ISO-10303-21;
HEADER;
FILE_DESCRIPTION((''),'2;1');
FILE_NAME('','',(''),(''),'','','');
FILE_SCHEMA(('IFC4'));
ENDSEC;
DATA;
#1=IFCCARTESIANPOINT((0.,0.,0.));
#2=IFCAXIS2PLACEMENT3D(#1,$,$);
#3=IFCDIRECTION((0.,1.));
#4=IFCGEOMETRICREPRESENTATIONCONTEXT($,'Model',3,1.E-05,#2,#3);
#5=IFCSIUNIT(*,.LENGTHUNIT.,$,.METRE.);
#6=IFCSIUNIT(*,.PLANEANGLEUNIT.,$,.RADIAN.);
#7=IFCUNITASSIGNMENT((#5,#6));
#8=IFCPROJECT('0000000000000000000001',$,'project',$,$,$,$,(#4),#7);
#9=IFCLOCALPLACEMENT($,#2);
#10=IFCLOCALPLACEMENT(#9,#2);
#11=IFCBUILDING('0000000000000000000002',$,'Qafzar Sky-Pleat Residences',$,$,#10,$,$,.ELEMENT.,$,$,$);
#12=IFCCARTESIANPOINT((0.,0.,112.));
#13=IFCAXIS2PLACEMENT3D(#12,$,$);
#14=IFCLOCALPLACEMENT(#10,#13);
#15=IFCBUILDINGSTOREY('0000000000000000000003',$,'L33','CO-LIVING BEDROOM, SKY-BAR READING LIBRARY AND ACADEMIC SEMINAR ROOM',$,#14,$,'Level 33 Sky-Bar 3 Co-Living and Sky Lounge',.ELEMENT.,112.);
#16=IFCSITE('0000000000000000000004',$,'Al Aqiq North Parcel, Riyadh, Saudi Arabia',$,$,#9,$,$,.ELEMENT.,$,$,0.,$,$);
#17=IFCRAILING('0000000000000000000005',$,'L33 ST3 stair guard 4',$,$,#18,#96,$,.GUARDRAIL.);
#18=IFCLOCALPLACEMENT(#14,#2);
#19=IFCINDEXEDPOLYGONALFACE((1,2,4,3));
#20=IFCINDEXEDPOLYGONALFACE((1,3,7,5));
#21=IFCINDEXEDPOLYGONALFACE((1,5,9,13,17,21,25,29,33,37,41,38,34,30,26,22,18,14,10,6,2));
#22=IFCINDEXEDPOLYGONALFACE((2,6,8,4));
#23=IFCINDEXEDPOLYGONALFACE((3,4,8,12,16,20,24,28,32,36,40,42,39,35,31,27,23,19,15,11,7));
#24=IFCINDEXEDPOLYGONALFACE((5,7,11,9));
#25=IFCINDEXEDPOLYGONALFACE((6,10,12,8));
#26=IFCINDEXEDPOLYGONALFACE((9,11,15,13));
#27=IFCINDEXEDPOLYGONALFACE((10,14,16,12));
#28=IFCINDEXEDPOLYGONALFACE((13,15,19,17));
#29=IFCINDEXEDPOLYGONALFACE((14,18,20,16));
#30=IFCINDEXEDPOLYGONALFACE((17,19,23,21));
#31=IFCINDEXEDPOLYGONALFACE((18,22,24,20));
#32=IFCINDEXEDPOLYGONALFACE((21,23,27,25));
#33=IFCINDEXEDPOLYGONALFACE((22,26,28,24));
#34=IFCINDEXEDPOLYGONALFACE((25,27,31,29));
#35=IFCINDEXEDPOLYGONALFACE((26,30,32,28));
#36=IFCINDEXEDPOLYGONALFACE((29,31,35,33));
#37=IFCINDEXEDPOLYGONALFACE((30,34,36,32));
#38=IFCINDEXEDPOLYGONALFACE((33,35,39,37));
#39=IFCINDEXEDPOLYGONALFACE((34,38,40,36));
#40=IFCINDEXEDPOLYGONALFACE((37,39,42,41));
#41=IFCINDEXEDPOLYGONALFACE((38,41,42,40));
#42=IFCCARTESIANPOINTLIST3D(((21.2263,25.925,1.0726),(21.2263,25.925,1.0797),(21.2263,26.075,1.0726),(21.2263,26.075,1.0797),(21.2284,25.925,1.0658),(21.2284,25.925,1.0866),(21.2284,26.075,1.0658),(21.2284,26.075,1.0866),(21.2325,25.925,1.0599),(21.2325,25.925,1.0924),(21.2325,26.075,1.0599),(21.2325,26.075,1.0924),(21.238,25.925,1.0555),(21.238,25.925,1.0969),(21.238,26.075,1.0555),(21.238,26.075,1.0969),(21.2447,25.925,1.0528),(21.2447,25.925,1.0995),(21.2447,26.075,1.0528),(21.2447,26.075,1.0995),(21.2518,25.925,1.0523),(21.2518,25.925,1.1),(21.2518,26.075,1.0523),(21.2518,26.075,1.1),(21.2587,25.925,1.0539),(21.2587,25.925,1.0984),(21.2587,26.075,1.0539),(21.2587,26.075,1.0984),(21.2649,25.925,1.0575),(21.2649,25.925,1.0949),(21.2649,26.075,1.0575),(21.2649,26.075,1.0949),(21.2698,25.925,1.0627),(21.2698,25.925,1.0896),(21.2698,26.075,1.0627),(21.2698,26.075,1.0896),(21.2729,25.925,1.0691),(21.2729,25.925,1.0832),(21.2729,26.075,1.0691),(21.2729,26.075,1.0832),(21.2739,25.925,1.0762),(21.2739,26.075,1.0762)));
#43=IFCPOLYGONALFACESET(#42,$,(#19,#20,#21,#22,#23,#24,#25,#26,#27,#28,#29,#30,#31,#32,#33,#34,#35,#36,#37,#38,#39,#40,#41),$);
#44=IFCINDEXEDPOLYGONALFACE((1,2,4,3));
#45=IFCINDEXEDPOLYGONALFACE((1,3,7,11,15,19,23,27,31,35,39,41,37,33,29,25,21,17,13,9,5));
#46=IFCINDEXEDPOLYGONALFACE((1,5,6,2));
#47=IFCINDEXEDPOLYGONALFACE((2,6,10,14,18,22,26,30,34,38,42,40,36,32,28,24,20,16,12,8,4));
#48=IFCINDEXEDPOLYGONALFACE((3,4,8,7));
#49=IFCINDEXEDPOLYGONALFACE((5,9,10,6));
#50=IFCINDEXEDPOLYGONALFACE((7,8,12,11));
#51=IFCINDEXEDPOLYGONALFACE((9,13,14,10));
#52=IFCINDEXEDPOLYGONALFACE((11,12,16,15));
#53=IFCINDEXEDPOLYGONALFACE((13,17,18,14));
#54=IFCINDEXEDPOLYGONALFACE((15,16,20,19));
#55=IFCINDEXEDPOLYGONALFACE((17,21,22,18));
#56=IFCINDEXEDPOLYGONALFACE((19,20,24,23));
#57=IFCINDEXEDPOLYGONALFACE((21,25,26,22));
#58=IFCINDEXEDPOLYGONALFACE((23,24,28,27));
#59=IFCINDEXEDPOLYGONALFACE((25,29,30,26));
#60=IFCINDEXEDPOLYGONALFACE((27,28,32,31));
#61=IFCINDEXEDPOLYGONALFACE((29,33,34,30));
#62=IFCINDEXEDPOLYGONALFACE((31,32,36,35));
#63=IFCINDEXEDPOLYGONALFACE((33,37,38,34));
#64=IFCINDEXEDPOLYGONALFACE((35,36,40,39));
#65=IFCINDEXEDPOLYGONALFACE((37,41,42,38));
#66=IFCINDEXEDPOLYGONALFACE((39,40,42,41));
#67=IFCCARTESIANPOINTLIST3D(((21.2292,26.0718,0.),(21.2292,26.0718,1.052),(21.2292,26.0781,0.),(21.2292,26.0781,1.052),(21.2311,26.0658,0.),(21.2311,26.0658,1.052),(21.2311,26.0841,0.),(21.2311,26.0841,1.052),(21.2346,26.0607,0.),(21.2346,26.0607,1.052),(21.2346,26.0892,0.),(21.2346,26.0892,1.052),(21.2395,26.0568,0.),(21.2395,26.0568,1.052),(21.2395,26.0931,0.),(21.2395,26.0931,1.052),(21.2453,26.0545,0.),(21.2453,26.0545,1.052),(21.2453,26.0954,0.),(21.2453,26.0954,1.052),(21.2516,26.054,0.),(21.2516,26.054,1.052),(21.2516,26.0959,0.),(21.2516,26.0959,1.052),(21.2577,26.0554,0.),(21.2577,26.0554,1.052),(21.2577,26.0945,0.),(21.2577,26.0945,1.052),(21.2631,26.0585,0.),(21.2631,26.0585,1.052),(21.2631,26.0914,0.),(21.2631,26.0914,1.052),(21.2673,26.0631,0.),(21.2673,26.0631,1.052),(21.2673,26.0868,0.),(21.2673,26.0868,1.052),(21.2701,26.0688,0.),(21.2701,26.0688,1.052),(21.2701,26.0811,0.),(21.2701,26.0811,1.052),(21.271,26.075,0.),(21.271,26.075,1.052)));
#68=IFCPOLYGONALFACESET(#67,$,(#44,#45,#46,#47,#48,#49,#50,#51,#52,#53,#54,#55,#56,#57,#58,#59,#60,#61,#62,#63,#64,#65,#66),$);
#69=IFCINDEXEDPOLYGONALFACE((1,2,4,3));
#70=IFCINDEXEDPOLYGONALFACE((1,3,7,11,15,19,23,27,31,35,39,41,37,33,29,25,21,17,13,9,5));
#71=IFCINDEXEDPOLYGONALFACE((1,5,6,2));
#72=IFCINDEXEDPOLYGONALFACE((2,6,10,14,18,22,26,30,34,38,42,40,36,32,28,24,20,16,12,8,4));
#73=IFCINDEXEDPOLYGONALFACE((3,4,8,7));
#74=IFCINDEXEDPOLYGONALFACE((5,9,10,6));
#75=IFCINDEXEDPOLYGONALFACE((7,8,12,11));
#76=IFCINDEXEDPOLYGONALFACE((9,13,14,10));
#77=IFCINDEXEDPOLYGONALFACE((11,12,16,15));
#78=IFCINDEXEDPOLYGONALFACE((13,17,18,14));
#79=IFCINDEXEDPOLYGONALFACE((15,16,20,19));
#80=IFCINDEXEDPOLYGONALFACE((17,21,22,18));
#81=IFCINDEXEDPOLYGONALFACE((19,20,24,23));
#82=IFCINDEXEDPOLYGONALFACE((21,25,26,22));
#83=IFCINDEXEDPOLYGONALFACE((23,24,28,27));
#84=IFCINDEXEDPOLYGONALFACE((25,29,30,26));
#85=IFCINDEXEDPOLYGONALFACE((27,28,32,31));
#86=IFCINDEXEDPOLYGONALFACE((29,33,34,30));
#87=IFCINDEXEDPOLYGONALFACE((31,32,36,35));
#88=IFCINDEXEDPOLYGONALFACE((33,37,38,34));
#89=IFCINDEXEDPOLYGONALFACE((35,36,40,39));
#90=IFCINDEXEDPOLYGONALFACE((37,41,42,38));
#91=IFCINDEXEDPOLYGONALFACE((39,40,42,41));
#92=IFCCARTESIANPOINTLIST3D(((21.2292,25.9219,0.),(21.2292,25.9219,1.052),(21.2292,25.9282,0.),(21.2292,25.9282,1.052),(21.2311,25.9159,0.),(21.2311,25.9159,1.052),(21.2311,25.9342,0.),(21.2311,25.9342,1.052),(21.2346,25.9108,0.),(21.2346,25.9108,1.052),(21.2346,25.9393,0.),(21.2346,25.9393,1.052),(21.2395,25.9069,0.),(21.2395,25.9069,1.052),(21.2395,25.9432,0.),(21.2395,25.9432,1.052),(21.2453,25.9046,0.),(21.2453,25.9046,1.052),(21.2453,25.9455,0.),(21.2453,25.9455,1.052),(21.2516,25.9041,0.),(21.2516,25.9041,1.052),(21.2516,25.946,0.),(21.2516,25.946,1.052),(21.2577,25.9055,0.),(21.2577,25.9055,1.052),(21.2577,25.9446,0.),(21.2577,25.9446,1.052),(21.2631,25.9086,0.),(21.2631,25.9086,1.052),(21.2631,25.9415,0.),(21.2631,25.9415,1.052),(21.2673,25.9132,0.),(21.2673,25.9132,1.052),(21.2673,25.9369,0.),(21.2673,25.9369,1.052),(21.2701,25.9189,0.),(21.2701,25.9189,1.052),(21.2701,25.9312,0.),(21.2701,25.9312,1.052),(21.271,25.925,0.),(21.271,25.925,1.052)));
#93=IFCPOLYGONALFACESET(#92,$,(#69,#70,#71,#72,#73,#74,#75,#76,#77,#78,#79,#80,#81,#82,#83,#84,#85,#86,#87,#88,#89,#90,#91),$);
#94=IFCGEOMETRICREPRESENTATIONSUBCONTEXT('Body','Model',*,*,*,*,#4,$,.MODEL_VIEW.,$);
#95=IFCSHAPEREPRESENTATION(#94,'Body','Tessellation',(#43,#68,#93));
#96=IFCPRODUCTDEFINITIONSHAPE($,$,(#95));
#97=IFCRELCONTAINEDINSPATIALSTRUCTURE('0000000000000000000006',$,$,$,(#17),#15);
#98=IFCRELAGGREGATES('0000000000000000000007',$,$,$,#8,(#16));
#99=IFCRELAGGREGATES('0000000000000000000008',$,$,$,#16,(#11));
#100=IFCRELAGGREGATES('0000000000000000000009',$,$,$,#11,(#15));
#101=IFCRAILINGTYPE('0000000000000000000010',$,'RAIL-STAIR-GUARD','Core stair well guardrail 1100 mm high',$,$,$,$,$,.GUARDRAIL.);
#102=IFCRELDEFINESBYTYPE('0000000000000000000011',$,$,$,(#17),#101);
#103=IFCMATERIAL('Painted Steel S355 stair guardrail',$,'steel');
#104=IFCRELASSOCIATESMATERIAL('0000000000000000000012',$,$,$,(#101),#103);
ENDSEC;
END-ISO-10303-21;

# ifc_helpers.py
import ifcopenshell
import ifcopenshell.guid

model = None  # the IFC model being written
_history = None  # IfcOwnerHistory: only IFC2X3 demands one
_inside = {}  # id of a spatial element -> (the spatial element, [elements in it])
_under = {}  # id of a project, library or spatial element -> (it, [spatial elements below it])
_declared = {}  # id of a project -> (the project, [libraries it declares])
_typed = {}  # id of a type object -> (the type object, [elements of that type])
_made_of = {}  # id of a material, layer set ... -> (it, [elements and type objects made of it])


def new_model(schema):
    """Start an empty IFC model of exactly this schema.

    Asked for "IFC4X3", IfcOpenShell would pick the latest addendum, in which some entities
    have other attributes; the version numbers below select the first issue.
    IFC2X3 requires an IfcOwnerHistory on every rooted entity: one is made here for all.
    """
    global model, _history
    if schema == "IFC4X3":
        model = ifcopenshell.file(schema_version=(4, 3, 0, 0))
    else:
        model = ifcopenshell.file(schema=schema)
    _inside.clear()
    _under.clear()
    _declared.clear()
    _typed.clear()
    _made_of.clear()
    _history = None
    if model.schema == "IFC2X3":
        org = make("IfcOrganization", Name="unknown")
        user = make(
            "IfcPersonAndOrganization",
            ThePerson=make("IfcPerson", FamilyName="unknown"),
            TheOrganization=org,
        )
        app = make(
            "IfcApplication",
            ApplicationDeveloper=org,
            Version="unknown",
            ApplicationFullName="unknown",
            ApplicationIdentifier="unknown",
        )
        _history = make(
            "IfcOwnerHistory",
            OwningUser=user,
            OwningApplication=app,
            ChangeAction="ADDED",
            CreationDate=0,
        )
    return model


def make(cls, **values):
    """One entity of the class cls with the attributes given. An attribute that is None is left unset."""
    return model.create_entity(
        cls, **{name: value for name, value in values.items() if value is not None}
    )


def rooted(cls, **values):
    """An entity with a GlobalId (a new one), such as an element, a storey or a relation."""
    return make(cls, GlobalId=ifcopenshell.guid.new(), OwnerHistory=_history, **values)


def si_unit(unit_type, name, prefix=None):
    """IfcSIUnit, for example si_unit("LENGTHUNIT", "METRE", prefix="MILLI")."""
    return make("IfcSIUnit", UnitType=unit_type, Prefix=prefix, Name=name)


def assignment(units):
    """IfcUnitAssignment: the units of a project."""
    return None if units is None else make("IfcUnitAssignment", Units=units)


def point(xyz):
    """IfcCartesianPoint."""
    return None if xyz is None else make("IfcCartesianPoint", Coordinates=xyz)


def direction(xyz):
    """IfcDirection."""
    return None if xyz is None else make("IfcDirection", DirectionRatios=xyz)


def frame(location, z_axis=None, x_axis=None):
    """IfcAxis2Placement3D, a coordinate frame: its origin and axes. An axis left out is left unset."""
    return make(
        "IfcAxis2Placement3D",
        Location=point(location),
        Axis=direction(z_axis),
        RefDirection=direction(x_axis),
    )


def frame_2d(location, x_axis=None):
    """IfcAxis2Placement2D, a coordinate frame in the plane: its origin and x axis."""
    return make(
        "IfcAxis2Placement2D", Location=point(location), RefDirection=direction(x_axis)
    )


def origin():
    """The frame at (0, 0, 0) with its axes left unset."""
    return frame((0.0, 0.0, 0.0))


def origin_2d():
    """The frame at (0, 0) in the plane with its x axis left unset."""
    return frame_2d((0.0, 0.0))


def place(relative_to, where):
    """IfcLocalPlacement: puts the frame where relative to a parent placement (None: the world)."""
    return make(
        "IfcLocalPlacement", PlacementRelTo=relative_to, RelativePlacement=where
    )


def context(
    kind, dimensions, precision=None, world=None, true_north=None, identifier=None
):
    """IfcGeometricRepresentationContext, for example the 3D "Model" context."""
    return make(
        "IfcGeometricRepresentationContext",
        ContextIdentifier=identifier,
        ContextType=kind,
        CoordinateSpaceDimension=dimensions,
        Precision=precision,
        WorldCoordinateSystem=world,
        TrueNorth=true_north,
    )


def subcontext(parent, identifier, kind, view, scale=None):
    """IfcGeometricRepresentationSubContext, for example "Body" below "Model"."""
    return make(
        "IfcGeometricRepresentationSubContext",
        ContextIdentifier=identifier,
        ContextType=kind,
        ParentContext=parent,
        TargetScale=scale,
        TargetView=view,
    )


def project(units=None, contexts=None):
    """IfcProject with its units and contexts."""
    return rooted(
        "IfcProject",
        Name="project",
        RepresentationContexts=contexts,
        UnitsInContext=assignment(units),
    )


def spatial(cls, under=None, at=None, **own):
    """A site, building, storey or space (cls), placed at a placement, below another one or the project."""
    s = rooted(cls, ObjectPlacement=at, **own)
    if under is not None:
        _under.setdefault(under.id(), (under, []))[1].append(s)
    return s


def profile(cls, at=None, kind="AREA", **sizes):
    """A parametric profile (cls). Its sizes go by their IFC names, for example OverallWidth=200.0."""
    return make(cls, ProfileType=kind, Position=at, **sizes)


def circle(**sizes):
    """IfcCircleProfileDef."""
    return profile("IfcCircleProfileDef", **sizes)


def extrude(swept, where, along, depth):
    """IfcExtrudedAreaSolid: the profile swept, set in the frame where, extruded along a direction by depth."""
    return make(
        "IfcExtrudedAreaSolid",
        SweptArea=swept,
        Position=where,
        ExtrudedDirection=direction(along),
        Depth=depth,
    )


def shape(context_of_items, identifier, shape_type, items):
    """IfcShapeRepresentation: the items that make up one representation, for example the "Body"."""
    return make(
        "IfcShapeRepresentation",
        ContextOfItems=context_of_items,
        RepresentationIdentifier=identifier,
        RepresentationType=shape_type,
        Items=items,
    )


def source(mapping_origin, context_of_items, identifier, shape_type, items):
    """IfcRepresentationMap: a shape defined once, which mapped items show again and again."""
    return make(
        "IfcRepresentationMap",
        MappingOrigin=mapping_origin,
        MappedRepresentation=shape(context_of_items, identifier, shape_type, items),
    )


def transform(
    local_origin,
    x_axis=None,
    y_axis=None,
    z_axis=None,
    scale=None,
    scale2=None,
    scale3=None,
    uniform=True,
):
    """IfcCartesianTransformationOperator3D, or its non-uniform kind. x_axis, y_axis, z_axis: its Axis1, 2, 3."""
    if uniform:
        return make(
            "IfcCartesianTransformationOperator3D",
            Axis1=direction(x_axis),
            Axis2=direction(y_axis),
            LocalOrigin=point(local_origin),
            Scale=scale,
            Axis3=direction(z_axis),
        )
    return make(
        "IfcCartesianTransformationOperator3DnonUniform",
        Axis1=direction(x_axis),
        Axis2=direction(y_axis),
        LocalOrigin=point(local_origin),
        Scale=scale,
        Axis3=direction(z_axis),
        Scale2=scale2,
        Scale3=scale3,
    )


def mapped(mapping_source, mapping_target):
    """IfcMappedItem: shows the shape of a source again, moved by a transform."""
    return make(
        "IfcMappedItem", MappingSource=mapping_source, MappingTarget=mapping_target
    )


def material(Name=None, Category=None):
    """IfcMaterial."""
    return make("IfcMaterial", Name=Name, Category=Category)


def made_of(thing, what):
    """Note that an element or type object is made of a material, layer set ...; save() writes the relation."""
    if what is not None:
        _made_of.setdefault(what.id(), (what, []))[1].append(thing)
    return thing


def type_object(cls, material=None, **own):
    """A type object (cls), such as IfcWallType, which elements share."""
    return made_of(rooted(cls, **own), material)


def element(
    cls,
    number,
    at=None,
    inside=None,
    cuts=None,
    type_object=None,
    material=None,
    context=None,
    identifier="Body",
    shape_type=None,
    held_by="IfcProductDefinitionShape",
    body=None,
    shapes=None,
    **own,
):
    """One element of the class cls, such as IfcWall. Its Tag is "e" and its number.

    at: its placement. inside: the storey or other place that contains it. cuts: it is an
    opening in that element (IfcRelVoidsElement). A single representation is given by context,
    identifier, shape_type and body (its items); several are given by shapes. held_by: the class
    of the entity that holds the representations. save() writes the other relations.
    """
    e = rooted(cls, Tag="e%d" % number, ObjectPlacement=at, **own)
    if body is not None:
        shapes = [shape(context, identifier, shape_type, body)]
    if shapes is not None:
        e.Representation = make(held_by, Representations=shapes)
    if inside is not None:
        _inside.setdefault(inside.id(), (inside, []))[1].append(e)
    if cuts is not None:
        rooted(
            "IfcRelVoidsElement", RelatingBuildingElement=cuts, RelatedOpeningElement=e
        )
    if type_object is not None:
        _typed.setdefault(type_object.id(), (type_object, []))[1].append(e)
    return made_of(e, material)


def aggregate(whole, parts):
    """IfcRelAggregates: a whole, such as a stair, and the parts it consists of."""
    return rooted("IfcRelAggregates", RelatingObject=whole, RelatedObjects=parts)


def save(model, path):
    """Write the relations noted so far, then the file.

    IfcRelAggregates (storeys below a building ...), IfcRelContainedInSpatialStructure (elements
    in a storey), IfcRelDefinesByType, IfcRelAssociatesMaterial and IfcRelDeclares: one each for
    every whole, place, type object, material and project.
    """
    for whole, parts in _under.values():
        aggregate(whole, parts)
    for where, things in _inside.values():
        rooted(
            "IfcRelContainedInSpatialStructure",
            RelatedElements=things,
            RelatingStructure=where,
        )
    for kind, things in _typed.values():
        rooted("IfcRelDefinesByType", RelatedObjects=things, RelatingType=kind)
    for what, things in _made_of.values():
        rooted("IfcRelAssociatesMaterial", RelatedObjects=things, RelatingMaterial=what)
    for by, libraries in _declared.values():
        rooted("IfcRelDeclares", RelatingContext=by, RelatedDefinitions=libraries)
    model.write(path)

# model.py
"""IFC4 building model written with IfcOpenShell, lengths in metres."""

from ifc_helpers import new_model, si_unit, direction, frame, origin, origin_2d, place, context, subcontext, project, spatial, circle, extrude, source, transform, mapped, material, type_object, element, save


model = new_model("IFC4")

# Units and contexts
model_context = context("Model", 3, precision=1e-05, world=origin(), true_north=direction((0.0, 1.0)))
body_context = subcontext(model_context, "Body", "Model", "MODEL_VIEW")
ifc_project = project(units=[si_unit("LENGTHUNIT", "METRE"), si_unit("PLANEANGLEUNIT", "RADIAN")], contexts=[model_context])

# Site, building, storey
site_placement = place(None, origin())
site = spatial("IfcSite", under=ifc_project, at=site_placement, Name="Al Aqiq North Parcel, Riyadh, Saudi Arabia", CompositionType="ELEMENT", RefElevation=0.0)
building_placement = place(site_placement, origin())
building = spatial("IfcBuilding", under=site, at=building_placement, Name="Qafzar Sky-Pleat Residences", CompositionType="ELEMENT")
storey_placement = place(building_placement, frame((0.0, 0.0, 112.0)))
storey = spatial("IfcBuildingStorey", under=building, at=storey_placement, Name="L33", Description="CO-LIVING BEDROOM, SKY-BAR READING LIBRARY AND ACADEMIC SEMINAR ROOM", LongName="Level 33 Sky-Bar 3 Co-Living and Sky Lounge", CompositionType="ELEMENT", Elevation=112.0)

# Railing
ifc_material_1 = material(Name="Painted Steel S355 stair guardrail", Category="steel")
railing_type_1 = type_object("IfcRailingType", Name="RAIL-STAIR-GUARD", Description="Core stair well guardrail 1100 mm high", PredefinedType="GUARDRAIL", material=ifc_material_1)
shared_shape_1 = source(origin(), body_context, "Body", "SweptSolid", [
    extrude(circle(Radius=0.0239, at=origin_2d()), frame((0.0, 0.0, 1.0762), z_axis=(0.0, -1.0, 0.0), x_axis=(1.0, 0.0, 0.0)), (0.0, 0.0, 1.0), 0.1499),
    extrude(circle(Radius=0.021, at=origin_2d()), origin(), (0.0, 0.0, 1.0), 1.052),
    extrude(circle(Radius=0.021, at=origin_2d()), frame((0.0, -0.1499, 0.0)), (0.0, 0.0, 1.0), 1.052),
])
for number, where, name in (
    (1, (21.25, 26.075, 0.0), "L33 ST3 stair guard 4"),
):
    element("IfcRailing", number, at=place(storey_placement, frame(where)), inside=storey, type_object=railing_type_1, Name=name, PredefinedType="GUARDRAIL", context=body_context, shape_type="MappedRepresentation", body=[
        mapped(shared_shape_1, transform((0.0, 0.0, 0.0), x_axis=(1.0, 0.0, 0.0), y_axis=(0.0, 1.0, 0.0), z_axis=(0.0, 0.0, 1.0), scale=1.0)),
    ])

save(model, "model.ifc")
